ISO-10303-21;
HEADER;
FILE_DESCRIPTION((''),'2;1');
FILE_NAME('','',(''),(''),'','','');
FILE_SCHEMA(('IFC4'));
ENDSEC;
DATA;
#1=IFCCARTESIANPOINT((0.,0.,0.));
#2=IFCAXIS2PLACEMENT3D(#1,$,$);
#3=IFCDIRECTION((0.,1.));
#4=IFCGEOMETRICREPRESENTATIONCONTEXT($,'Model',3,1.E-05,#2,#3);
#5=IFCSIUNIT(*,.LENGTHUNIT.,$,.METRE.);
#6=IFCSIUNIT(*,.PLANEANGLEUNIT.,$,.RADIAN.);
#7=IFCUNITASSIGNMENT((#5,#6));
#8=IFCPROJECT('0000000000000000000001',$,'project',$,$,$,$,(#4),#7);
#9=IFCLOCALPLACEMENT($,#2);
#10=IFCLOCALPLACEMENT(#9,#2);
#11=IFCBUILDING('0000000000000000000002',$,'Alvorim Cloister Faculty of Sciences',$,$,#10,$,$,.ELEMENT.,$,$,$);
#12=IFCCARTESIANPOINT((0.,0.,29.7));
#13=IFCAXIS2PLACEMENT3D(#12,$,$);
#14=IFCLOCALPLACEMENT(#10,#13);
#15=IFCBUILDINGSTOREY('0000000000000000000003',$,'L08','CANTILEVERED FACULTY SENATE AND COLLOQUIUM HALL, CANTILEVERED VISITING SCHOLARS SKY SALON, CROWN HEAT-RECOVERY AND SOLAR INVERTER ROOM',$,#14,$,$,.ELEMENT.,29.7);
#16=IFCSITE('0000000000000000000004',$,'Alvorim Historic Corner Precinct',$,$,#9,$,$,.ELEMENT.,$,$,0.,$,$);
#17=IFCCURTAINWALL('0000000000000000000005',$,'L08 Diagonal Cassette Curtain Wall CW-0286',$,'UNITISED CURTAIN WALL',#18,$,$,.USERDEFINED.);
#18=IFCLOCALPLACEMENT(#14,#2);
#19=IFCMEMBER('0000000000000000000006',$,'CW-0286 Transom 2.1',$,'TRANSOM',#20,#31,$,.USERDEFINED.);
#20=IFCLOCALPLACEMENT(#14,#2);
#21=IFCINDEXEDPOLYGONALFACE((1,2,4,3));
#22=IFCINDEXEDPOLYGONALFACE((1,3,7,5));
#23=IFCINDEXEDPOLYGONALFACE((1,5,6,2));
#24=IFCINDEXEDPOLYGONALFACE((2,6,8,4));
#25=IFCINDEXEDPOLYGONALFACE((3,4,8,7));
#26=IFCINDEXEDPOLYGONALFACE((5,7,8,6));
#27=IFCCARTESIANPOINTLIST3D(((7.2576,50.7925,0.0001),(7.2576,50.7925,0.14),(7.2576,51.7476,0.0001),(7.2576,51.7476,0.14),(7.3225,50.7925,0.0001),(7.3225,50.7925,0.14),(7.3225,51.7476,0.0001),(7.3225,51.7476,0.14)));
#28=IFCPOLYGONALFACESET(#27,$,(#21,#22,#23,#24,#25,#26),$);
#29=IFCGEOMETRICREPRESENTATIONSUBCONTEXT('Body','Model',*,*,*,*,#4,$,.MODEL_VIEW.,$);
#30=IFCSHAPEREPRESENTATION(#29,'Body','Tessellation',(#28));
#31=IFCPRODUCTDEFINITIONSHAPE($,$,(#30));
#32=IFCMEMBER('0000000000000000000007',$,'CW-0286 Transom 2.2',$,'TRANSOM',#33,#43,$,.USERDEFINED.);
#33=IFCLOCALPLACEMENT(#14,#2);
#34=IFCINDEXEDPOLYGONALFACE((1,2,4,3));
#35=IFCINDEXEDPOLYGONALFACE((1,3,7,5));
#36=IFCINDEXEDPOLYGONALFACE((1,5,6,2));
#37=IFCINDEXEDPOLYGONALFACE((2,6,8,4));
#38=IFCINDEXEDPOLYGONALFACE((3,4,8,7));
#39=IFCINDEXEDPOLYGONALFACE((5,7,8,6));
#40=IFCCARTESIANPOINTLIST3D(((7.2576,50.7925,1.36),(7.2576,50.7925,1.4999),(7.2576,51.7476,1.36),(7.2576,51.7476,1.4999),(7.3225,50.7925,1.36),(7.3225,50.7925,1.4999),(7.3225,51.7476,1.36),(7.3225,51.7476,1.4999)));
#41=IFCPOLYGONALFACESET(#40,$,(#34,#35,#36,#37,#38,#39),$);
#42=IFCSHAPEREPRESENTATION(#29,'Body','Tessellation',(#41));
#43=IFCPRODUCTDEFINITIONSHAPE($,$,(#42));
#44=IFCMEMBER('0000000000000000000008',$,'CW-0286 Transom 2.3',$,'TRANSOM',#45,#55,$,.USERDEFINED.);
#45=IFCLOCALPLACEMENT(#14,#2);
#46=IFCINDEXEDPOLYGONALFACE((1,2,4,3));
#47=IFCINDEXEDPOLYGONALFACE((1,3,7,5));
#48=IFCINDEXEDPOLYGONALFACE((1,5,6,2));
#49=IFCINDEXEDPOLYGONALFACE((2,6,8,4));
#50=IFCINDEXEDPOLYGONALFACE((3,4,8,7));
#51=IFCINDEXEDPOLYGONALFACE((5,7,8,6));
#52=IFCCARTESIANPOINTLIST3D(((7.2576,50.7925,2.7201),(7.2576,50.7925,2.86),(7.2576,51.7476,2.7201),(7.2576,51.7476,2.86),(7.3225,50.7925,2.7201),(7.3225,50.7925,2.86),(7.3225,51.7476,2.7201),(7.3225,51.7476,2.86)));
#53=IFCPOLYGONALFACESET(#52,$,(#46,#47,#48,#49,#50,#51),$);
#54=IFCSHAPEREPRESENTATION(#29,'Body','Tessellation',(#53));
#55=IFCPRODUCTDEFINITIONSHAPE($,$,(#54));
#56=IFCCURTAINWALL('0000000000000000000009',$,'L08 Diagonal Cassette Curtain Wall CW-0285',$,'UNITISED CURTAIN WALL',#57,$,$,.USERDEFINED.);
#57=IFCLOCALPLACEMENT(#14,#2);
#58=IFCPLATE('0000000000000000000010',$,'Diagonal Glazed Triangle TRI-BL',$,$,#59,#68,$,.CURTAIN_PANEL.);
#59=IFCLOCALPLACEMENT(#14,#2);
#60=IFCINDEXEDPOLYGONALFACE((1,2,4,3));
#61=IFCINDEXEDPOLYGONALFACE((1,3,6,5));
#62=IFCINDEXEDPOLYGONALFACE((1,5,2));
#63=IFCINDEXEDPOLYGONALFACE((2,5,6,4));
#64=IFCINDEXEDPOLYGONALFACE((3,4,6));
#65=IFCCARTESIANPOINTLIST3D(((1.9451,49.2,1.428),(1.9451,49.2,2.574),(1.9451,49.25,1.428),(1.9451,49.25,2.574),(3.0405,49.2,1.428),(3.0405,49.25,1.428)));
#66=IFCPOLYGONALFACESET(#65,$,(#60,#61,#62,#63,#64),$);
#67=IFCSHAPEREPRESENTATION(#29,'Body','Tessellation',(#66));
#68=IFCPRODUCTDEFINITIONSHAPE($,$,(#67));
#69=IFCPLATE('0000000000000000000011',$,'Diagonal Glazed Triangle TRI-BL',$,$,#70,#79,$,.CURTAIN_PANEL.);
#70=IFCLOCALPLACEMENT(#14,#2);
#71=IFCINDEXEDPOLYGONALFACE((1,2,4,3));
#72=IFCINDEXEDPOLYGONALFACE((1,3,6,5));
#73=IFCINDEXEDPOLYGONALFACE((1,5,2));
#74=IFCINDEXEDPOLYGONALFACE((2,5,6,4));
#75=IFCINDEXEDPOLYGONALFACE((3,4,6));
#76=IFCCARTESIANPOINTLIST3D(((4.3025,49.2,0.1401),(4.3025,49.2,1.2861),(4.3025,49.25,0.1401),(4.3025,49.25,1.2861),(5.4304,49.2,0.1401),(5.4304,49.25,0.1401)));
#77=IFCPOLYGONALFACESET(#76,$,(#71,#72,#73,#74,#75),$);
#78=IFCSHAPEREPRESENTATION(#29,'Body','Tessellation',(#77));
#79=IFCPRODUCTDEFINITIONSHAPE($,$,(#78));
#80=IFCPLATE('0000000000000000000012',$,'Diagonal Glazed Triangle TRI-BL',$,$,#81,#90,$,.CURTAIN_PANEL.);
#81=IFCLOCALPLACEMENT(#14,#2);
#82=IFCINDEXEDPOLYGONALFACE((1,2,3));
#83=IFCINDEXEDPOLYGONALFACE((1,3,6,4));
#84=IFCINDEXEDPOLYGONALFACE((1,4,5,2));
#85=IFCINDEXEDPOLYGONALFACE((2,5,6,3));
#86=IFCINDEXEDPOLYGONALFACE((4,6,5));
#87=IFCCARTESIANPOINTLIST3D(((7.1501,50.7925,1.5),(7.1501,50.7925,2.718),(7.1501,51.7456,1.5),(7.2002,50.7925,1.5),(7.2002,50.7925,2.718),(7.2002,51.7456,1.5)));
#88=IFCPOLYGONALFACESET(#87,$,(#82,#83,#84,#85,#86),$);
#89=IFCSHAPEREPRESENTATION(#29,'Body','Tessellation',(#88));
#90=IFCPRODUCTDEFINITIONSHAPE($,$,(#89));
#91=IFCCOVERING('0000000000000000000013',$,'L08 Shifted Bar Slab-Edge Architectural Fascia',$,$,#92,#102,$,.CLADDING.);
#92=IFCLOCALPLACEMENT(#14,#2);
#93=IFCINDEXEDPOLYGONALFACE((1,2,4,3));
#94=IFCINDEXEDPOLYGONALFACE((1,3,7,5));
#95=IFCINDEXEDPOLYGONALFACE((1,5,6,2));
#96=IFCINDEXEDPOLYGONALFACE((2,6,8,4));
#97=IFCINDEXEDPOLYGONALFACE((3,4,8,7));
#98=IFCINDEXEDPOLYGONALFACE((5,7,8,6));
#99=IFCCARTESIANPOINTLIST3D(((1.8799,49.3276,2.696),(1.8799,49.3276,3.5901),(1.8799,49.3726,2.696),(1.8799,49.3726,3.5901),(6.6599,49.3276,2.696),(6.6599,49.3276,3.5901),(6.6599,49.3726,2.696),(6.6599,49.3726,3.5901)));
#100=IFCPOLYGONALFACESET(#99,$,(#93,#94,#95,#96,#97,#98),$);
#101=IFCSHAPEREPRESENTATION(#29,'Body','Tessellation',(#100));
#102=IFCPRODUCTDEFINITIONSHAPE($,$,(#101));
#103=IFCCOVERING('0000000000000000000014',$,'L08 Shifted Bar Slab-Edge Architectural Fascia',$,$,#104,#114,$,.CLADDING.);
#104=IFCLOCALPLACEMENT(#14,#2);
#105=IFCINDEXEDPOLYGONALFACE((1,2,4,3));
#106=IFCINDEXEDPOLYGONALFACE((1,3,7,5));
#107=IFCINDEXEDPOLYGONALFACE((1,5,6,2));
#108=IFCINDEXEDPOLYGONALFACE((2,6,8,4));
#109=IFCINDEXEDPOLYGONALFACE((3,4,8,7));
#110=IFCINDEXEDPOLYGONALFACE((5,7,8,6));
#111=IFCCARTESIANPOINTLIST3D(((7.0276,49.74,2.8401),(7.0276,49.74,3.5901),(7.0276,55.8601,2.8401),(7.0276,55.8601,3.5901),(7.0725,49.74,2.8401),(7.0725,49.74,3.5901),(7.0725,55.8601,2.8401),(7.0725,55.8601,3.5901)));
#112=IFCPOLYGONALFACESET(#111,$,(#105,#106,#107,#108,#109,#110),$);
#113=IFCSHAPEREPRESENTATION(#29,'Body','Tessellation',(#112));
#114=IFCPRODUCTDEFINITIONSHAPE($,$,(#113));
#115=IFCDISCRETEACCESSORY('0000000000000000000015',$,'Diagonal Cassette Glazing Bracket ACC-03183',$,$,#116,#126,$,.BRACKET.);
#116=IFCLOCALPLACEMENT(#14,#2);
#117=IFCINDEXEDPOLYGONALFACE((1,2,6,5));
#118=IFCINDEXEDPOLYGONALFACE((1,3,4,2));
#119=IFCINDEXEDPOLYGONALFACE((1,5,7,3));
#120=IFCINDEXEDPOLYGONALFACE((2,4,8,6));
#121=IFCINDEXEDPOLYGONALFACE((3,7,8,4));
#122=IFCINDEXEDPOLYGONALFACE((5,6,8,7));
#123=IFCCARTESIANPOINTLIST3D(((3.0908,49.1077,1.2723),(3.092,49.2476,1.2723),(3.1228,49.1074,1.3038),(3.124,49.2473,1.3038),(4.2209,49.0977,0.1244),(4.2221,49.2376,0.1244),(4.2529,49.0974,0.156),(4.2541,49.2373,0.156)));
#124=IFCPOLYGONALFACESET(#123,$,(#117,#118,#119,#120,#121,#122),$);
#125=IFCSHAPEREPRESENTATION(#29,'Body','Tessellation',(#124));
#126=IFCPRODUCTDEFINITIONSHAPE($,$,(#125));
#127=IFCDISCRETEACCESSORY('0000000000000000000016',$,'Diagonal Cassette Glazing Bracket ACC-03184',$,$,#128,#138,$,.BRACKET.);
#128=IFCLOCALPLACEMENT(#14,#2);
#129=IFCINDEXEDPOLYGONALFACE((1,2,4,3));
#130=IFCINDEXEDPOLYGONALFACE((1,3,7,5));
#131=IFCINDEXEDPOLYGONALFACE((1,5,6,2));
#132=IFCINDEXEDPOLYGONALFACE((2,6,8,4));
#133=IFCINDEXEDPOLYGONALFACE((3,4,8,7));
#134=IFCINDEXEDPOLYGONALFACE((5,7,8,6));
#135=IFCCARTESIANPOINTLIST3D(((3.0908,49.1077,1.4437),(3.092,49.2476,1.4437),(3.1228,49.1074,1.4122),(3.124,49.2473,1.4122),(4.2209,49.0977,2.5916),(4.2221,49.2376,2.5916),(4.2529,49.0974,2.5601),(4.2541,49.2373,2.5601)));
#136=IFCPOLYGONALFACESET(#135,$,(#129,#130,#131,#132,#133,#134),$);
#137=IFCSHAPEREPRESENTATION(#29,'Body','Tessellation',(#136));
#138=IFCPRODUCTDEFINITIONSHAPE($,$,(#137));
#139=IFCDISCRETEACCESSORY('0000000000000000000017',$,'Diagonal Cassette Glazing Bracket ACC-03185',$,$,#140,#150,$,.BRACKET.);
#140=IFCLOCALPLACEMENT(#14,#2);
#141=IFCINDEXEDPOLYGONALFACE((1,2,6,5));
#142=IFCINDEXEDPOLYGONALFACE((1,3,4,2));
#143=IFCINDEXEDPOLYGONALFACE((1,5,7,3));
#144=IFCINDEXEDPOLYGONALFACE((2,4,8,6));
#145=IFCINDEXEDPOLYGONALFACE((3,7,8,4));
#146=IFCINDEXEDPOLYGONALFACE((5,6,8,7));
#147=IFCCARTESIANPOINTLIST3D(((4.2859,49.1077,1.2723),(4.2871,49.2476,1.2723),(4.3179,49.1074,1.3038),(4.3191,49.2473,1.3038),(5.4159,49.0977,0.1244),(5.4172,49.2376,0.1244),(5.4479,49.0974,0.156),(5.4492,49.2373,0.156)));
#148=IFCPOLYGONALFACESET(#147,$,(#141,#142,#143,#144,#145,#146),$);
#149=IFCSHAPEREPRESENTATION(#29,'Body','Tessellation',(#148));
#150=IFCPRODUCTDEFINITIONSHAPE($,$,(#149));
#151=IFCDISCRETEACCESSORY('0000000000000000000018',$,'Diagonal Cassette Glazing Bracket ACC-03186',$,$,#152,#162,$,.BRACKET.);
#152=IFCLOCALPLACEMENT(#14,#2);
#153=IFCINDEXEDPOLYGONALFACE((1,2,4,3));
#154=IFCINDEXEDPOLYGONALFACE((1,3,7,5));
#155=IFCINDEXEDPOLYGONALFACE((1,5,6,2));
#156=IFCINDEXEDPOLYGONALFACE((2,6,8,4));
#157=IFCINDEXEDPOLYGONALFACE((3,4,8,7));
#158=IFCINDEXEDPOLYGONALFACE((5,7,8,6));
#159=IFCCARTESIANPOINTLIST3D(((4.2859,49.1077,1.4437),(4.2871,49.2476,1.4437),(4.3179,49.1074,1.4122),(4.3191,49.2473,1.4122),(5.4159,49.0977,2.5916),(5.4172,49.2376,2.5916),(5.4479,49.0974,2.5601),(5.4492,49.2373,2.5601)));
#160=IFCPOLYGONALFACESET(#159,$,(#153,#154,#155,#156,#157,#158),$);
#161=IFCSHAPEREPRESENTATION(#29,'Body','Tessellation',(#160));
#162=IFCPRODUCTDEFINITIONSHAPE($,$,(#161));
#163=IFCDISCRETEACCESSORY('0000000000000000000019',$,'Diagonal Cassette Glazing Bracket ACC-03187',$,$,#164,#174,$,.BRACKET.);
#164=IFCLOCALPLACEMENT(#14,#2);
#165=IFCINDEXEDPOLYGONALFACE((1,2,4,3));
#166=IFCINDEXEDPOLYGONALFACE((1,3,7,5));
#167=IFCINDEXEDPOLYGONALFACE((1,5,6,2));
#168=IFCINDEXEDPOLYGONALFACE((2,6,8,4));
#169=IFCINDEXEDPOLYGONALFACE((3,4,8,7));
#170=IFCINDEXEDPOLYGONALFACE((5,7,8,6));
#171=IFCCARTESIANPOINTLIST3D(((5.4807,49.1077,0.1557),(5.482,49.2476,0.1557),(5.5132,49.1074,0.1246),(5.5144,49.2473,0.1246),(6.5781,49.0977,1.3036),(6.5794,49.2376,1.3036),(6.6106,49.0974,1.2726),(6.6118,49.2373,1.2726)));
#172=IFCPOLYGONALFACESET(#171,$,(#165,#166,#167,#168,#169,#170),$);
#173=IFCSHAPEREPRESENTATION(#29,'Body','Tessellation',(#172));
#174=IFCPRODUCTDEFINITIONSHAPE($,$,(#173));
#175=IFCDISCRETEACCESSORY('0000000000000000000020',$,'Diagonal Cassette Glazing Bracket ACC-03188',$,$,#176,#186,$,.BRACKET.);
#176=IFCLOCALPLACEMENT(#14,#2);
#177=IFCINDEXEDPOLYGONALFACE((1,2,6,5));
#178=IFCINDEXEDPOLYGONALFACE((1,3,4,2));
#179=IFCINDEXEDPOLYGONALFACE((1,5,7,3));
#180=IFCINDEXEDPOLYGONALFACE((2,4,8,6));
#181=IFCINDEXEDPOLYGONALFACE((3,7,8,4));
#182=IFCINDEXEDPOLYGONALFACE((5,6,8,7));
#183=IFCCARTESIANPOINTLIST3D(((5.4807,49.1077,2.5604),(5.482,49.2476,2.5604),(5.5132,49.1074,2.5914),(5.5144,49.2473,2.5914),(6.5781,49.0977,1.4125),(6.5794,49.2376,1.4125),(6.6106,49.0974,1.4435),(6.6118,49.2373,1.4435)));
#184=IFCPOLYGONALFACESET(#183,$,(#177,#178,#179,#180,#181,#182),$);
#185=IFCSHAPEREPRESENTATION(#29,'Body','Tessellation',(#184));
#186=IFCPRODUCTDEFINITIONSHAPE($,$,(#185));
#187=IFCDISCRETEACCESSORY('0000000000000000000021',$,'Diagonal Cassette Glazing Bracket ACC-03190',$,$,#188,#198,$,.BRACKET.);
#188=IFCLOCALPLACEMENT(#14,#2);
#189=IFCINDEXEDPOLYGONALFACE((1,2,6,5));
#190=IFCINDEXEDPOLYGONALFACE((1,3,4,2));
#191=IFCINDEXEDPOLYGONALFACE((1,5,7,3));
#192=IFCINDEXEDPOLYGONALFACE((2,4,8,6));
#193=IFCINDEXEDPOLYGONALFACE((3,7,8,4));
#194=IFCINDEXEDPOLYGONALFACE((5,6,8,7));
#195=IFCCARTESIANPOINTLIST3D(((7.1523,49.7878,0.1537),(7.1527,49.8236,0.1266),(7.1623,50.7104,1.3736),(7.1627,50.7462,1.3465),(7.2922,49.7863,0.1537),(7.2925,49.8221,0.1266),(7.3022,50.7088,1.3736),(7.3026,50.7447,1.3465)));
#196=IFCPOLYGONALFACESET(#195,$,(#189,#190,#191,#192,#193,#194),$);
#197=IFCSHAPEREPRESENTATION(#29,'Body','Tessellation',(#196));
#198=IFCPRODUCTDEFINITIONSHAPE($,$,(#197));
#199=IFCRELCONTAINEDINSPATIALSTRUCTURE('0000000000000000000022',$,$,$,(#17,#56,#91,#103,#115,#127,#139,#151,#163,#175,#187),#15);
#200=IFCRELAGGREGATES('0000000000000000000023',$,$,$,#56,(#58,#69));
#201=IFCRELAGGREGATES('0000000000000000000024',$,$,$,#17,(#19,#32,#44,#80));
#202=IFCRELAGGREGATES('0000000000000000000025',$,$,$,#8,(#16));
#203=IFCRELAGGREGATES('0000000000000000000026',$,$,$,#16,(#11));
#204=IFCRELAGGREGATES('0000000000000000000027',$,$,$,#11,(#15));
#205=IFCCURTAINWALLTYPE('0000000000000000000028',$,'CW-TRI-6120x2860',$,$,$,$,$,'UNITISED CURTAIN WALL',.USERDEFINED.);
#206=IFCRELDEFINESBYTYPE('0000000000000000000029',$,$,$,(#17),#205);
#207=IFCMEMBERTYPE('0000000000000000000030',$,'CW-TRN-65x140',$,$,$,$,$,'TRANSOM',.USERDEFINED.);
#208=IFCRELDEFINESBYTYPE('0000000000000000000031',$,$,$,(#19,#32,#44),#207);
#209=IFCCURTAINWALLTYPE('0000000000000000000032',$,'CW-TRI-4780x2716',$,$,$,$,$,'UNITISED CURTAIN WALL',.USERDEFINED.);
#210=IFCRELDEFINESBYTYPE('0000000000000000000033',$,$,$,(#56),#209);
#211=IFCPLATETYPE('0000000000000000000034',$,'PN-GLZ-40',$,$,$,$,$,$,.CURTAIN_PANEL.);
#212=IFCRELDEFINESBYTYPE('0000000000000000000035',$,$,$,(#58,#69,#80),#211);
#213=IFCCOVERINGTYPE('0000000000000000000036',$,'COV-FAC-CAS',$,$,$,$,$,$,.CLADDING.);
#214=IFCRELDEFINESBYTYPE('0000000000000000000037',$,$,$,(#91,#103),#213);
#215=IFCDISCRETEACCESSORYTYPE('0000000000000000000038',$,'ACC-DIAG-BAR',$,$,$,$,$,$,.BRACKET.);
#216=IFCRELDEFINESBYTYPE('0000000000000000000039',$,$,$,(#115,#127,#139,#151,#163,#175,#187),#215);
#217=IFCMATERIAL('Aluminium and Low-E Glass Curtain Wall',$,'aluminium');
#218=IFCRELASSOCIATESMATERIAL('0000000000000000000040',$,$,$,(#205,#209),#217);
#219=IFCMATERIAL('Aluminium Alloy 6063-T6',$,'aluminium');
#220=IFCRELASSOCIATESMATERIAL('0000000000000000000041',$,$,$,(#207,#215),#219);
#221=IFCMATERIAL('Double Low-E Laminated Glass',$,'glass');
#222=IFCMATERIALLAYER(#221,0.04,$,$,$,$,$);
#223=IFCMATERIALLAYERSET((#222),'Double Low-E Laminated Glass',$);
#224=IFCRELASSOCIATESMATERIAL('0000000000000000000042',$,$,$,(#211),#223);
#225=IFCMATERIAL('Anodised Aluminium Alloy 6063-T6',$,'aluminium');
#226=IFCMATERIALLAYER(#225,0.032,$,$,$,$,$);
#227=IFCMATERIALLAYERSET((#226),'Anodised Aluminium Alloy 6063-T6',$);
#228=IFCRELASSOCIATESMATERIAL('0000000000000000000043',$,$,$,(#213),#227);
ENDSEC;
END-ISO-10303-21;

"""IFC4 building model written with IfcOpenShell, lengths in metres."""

from ifc_helpers import new_model, si_unit, direction, frame, origin, origin_2d, place, context, subcontext, project, spatial, polyline, rectangle, outline, extrude, material, layer, layer_set, material_profile, profile_set, type_object, element, aggregate, save


model = new_model("IFC4")

# Units and contexts
model_context = context("Model", 3, precision=1e-05, world=origin(), true_north=direction((0.0, 1.0)))
body_context = subcontext(model_context, "Body", "Model", "MODEL_VIEW")
ifc_project = project(units=[si_unit("LENGTHUNIT", "METRE"), si_unit("PLANEANGLEUNIT", "RADIAN")], contexts=[model_context])

# Site, building, storey
site_placement = place(None, origin())
site = spatial("IfcSite", under=ifc_project, at=site_placement, Name="Alvorim Historic Corner Precinct", CompositionType="ELEMENT", RefElevation=0.0)
building_placement = place(site_placement, origin())
building = spatial("IfcBuilding", under=site, at=building_placement, Name="Alvorim Cloister Faculty of Sciences", CompositionType="ELEMENT")
storey_placement = place(building_placement, frame((0.0, 0.0, 29.7)))
storey = spatial("IfcBuildingStorey", under=building, at=storey_placement, Name="L08", Description="CANTILEVERED FACULTY SENATE AND COLLOQUIUM HALL, CANTILEVERED VISITING SCHOLARS SKY SALON, CROWN HEAT-RECOVERY AND SOLAR INVERTER ROOM", CompositionType="ELEMENT", Elevation=29.7)

# Curtain wall, members
ifc_material_1 = material(Name="Aluminium and Low-E Glass Curtain Wall", Category="aluminium")
curtain_wall_type_1 = type_object("IfcCurtainWallType", Name="CW-TRI-6120x2860", ElementType="UNITISED CURTAIN WALL", PredefinedType="USERDEFINED", material=ifc_material_1)
curtain_wall_1_placement = place(storey_placement, origin())
curtain_wall_1 = element("IfcCurtainWall", 1, at=curtain_wall_1_placement, inside=storey, type_object=curtain_wall_type_1, Name="L08 Diagonal Cassette Curtain Wall CW-0286", ObjectType="UNITISED CURTAIN WALL", PredefinedType="USERDEFINED")
ifc_material_2 = material(Name="Aluminium Alloy 6063-T6", Category="aluminium")
ifc_material_profile_1 = material_profile(ifc_material_2, rectangle(XDim=0.0649, YDim=0.1399, at=origin_2d()), Name="ALU-TRN-65x140")
ifc_profile_set_1 = profile_set([ifc_material_profile_1], Name="Aluminium Alloy 6063-T6")
member_type_1 = type_object("IfcMemberType", Name="CW-TRN-65x140", ElementType="TRANSOM", PredefinedType="USERDEFINED", material=ifc_profile_set_1)
member_1_placement = place(storey_placement, frame((7.29, 50.7925, 0.0701), z_axis=(0.0, 1.0, 0.0), x_axis=(-1.0, 0.0, 0.0)))
member_1 = element("IfcMember", 2, at=member_1_placement, type_object=member_type_1, Name="CW-0286 Transom 2.1", ObjectType="TRANSOM", PredefinedType="USERDEFINED", context=body_context, shape_type="SweptSolid", body=[
    extrude(rectangle(XDim=0.0649, YDim=0.1399, at=origin_2d()), origin(), (0.0, 0.0, 1.0), 0.9551),
])
member_2_placement = place(storey_placement, frame((7.29, 50.7925, 1.4299), z_axis=(0.0, 1.0, 0.0), x_axis=(-1.0, 0.0, 0.0)))
member_2 = element("IfcMember", 3, at=member_2_placement, type_object=member_type_1, Name="CW-0286 Transom 2.2", ObjectType="TRANSOM", PredefinedType="USERDEFINED", context=body_context, shape_type="SweptSolid", body=[
    extrude(rectangle(XDim=0.0649, YDim=0.1399, at=origin_2d()), origin(), (0.0, 0.0, 1.0), 0.9551),
])
member_3_placement = place(storey_placement, frame((7.29, 50.7925, 2.79), z_axis=(0.0, 1.0, 0.0), x_axis=(-1.0, 0.0, 0.0)))
member_3 = element("IfcMember", 4, at=member_3_placement, type_object=member_type_1, Name="CW-0286 Transom 2.3", ObjectType="TRANSOM", PredefinedType="USERDEFINED", context=body_context, shape_type="SweptSolid", body=[
    extrude(rectangle(XDim=0.0649, YDim=0.1399, at=origin_2d()), origin(), (0.0, 0.0, 1.0), 0.9551),
])

# Curtain wall, plates
curtain_wall_type_2 = type_object("IfcCurtainWallType", Name="CW-TRI-4780x2716", ElementType="UNITISED CURTAIN WALL", PredefinedType="USERDEFINED", material=ifc_material_1)
curtain_wall_2_placement = place(storey_placement, origin())
curtain_wall_2 = element("IfcCurtainWall", 5, at=curtain_wall_2_placement, inside=storey, type_object=curtain_wall_type_2, Name="L08 Diagonal Cassette Curtain Wall CW-0285", ObjectType="UNITISED CURTAIN WALL", PredefinedType="USERDEFINED")
ifc_material_3 = material(Name="Double Low-E Laminated Glass", Category="glass")
ifc_layer_1 = layer(ifc_material_3, 0.04)
ifc_layer_set_1 = layer_set([ifc_layer_1], Name="Double Low-E Laminated Glass")
plate_type = type_object("IfcPlateType", Name="PN-GLZ-40", PredefinedType="CURTAIN_PANEL", material=ifc_layer_set_1)
plate_1_placement = place(storey_placement, frame((1.9451, 49.2251, 1.428), z_axis=(0.0, 0.0, 1.0), x_axis=(1.0, 0.0, 0.0)))
plate_1 = element("IfcPlate", 6, at=plate_1_placement, type_object=plate_type, Name="Diagonal Glazed Triangle TRI-BL", PredefinedType="CURTAIN_PANEL", context=body_context, shape_type="SweptSolid", body=[
    extrude(outline(polyline([(0.0, 0.0), (1.0955, 0.0), (0.0, 1.146), (0.0, 0.0)])), frame((0.0, 0.0249, 0.0), z_axis=(0.0, -1.0, 0.0), x_axis=(1.0, 0.0, 0.0)), (0.0, 0.0, 1.0), 0.05),
])
plate_2_placement = place(storey_placement, frame((4.3025, 49.2251, 0.1401), z_axis=(0.0, 0.0, 1.0), x_axis=(1.0, 0.0, 0.0)))
plate_2 = element("IfcPlate", 7, at=plate_2_placement, type_object=plate_type, Name="Diagonal Glazed Triangle TRI-BL", PredefinedType="CURTAIN_PANEL", context=body_context, shape_type="SweptSolid", body=[
    extrude(outline(polyline([(0.0, 0.0), (1.1279, 0.0), (0.0, 1.146), (0.0, 0.0)])), frame((0.0, 0.0249, 0.0), z_axis=(0.0, -1.0, 0.0), x_axis=(1.0, 0.0, 0.0)), (0.0, 0.0, 1.0), 0.05),
])
aggregate(curtain_wall_2, [plate_1, plate_2])

# Plate
plate_3_placement = place(storey_placement, frame((7.175, 50.7925, 1.5), z_axis=(0.0, 0.0, 1.0), x_axis=(0.0, 1.0, 0.0)))
plate_3 = element("IfcPlate", 8, at=plate_3_placement, type_object=plate_type, Name="Diagonal Glazed Triangle TRI-BL", PredefinedType="CURTAIN_PANEL", context=body_context, shape_type="SweptSolid", body=[
    extrude(outline(polyline([(0.0, 0.0), (0.9531, 0.0), (0.0, 1.218), (0.0, 0.0)])), frame((0.0, 0.0249, 0.0), z_axis=(0.0, -1.0, 0.0), x_axis=(1.0, 0.0, 0.0)), (0.0, 0.0, 1.0), 0.05),
])
aggregate(curtain_wall_1, [member_1, member_2, member_3, plate_3])

# Coverings
ifc_material_4 = material(Name="Anodised Aluminium Alloy 6063-T6", Category="aluminium")
ifc_layer_2 = layer(ifc_material_4, 0.032)
ifc_layer_set_2 = layer_set([ifc_layer_2], Name="Anodised Aluminium Alloy 6063-T6")
covering_type = type_object("IfcCoveringType", Name="COV-FAC-CAS", PredefinedType="CLADDING", material=ifc_layer_set_2)
covering_1_placement = place(storey_placement, frame((1.8799, 49.3501, 2.696), z_axis=(0.0, 0.0, 1.0), x_axis=(1.0, 0.0, 0.0)))
element("IfcCovering", 9, at=covering_1_placement, inside=storey, type_object=covering_type, Name="L08 Shifted Bar Slab-Edge Architectural Fascia", PredefinedType="CLADDING", context=body_context, shape_type="SweptSolid", body=[
    extrude(outline(polyline([(0.0, 0.0), (4.78, 0.0), (4.78, 0.894), (0.0, 0.894), (0.0, 0.0)])), frame((0.0, 0.0225, 0.0), z_axis=(0.0, -1.0, 0.0), x_axis=(1.0, 0.0, 0.0)), (0.0, 0.0, 1.0), 0.0449),
])
covering_2_placement = place(storey_placement, frame((7.05, 49.74, 2.8401), z_axis=(0.0, 0.0, 1.0), x_axis=(0.0, 1.0, 0.0)))
element("IfcCovering", 10, at=covering_2_placement, inside=storey, type_object=covering_type, Name="L08 Shifted Bar Slab-Edge Architectural Fascia", PredefinedType="CLADDING", context=body_context, shape_type="SweptSolid", body=[
    extrude(outline(polyline([(0.0, 0.0), (6.1201, 0.0), (6.1201, 0.75), (0.0, 0.75), (0.0, 0.0)])), frame((0.0, 0.0225, 0.0), z_axis=(0.0, -1.0, 0.0), x_axis=(1.0, 0.0, 0.0)), (0.0, 0.0, 1.0), 0.0449),
])

# Discrete accessories
discrete_accessory_type = type_object("IfcDiscreteAccessoryType", Name="ACC-DIAG-BAR", PredefinedType="BRACKET", material=ifc_material_2)
for number, where, z_axis, x_axis, name in (
    (11, (3.1074, 49.1775, 1.2881), (0.70154, -0.006214, -0.712603), (0.008857, 0.999961, 0.0), "Diagonal Cassette Glazing Bracket ACC-03183"),
    (12, (3.1074, 49.1775, 1.428), (0.70154, -0.006214, 0.712603), (0.008857, 0.999961, 0.0), "Diagonal Cassette Glazing Bracket ACC-03184"),
    (13, (4.3025, 49.1775, 1.2881), (0.70154, -0.006214, -0.712603), (0.008857, 0.999961, 0.0), "Diagonal Cassette Glazing Bracket ACC-03185"),
    (14, (4.3025, 49.1775, 1.428), (0.70154, -0.006214, 0.712603), (0.008857, 0.999961, 0.0), "Diagonal Cassette Glazing Bracket ACC-03186"),
):
    element("IfcDiscreteAccessory", number, at=place(storey_placement, frame(where, z_axis=z_axis, x_axis=x_axis)), inside=storey, type_object=discrete_accessory_type, Name=name, PredefinedType="BRACKET", context=body_context, shape_type="SweptSolid", body=[
        extrude(rectangle(XDim=0.1399, YDim=0.0449, at=origin_2d()), origin(), (0.0, 0.0, 1.0), 1.6108),
    ])
for number, where, z_axis, x_axis, name in (
    (15, (5.4976, 49.1775, 0.1401), (0.691003, -0.006303, 0.722824), (0.009121, 0.999958, 0.0), "Diagonal Cassette Glazing Bracket ACC-03187"),
    (16, (5.4976, 49.1775, 2.5759), (0.691003, -0.006303, -0.722824), (0.009121, 0.999958, 0.0), "Diagonal Cassette Glazing Bracket ACC-03188"),
):
    element("IfcDiscreteAccessory", number, at=place(storey_placement, frame(where, z_axis=z_axis, x_axis=x_axis)), inside=storey, type_object=discrete_accessory_type, Name=name, PredefinedType="BRACKET", context=body_context, shape_type="SweptSolid", body=[
        extrude(rectangle(XDim=0.1399, YDim=0.0449, at=origin_2d()), origin(), (0.0, 0.0, 1.0), 1.5881),
    ])
for number, where, z_axis, x_axis, name in (
    (17, (7.2224, 49.8049, 0.1401), (0.006544, 0.603175, 0.797582), (-0.999941, 0.010849, 0.0), "Diagonal Cassette Glazing Bracket ACC-03190"),
):
    element("IfcDiscreteAccessory", number, at=place(storey_placement, frame(where, z_axis=z_axis, x_axis=x_axis)), inside=storey, type_object=discrete_accessory_type, Name=name, PredefinedType="BRACKET", context=body_context, shape_type="SweptSolid", body=[
        extrude(rectangle(XDim=0.1399, YDim=0.0449, at=origin_2d()), origin(), (0.0, 0.0, 1.0), 1.5295),
    ])

save(model, "model.ifc")
